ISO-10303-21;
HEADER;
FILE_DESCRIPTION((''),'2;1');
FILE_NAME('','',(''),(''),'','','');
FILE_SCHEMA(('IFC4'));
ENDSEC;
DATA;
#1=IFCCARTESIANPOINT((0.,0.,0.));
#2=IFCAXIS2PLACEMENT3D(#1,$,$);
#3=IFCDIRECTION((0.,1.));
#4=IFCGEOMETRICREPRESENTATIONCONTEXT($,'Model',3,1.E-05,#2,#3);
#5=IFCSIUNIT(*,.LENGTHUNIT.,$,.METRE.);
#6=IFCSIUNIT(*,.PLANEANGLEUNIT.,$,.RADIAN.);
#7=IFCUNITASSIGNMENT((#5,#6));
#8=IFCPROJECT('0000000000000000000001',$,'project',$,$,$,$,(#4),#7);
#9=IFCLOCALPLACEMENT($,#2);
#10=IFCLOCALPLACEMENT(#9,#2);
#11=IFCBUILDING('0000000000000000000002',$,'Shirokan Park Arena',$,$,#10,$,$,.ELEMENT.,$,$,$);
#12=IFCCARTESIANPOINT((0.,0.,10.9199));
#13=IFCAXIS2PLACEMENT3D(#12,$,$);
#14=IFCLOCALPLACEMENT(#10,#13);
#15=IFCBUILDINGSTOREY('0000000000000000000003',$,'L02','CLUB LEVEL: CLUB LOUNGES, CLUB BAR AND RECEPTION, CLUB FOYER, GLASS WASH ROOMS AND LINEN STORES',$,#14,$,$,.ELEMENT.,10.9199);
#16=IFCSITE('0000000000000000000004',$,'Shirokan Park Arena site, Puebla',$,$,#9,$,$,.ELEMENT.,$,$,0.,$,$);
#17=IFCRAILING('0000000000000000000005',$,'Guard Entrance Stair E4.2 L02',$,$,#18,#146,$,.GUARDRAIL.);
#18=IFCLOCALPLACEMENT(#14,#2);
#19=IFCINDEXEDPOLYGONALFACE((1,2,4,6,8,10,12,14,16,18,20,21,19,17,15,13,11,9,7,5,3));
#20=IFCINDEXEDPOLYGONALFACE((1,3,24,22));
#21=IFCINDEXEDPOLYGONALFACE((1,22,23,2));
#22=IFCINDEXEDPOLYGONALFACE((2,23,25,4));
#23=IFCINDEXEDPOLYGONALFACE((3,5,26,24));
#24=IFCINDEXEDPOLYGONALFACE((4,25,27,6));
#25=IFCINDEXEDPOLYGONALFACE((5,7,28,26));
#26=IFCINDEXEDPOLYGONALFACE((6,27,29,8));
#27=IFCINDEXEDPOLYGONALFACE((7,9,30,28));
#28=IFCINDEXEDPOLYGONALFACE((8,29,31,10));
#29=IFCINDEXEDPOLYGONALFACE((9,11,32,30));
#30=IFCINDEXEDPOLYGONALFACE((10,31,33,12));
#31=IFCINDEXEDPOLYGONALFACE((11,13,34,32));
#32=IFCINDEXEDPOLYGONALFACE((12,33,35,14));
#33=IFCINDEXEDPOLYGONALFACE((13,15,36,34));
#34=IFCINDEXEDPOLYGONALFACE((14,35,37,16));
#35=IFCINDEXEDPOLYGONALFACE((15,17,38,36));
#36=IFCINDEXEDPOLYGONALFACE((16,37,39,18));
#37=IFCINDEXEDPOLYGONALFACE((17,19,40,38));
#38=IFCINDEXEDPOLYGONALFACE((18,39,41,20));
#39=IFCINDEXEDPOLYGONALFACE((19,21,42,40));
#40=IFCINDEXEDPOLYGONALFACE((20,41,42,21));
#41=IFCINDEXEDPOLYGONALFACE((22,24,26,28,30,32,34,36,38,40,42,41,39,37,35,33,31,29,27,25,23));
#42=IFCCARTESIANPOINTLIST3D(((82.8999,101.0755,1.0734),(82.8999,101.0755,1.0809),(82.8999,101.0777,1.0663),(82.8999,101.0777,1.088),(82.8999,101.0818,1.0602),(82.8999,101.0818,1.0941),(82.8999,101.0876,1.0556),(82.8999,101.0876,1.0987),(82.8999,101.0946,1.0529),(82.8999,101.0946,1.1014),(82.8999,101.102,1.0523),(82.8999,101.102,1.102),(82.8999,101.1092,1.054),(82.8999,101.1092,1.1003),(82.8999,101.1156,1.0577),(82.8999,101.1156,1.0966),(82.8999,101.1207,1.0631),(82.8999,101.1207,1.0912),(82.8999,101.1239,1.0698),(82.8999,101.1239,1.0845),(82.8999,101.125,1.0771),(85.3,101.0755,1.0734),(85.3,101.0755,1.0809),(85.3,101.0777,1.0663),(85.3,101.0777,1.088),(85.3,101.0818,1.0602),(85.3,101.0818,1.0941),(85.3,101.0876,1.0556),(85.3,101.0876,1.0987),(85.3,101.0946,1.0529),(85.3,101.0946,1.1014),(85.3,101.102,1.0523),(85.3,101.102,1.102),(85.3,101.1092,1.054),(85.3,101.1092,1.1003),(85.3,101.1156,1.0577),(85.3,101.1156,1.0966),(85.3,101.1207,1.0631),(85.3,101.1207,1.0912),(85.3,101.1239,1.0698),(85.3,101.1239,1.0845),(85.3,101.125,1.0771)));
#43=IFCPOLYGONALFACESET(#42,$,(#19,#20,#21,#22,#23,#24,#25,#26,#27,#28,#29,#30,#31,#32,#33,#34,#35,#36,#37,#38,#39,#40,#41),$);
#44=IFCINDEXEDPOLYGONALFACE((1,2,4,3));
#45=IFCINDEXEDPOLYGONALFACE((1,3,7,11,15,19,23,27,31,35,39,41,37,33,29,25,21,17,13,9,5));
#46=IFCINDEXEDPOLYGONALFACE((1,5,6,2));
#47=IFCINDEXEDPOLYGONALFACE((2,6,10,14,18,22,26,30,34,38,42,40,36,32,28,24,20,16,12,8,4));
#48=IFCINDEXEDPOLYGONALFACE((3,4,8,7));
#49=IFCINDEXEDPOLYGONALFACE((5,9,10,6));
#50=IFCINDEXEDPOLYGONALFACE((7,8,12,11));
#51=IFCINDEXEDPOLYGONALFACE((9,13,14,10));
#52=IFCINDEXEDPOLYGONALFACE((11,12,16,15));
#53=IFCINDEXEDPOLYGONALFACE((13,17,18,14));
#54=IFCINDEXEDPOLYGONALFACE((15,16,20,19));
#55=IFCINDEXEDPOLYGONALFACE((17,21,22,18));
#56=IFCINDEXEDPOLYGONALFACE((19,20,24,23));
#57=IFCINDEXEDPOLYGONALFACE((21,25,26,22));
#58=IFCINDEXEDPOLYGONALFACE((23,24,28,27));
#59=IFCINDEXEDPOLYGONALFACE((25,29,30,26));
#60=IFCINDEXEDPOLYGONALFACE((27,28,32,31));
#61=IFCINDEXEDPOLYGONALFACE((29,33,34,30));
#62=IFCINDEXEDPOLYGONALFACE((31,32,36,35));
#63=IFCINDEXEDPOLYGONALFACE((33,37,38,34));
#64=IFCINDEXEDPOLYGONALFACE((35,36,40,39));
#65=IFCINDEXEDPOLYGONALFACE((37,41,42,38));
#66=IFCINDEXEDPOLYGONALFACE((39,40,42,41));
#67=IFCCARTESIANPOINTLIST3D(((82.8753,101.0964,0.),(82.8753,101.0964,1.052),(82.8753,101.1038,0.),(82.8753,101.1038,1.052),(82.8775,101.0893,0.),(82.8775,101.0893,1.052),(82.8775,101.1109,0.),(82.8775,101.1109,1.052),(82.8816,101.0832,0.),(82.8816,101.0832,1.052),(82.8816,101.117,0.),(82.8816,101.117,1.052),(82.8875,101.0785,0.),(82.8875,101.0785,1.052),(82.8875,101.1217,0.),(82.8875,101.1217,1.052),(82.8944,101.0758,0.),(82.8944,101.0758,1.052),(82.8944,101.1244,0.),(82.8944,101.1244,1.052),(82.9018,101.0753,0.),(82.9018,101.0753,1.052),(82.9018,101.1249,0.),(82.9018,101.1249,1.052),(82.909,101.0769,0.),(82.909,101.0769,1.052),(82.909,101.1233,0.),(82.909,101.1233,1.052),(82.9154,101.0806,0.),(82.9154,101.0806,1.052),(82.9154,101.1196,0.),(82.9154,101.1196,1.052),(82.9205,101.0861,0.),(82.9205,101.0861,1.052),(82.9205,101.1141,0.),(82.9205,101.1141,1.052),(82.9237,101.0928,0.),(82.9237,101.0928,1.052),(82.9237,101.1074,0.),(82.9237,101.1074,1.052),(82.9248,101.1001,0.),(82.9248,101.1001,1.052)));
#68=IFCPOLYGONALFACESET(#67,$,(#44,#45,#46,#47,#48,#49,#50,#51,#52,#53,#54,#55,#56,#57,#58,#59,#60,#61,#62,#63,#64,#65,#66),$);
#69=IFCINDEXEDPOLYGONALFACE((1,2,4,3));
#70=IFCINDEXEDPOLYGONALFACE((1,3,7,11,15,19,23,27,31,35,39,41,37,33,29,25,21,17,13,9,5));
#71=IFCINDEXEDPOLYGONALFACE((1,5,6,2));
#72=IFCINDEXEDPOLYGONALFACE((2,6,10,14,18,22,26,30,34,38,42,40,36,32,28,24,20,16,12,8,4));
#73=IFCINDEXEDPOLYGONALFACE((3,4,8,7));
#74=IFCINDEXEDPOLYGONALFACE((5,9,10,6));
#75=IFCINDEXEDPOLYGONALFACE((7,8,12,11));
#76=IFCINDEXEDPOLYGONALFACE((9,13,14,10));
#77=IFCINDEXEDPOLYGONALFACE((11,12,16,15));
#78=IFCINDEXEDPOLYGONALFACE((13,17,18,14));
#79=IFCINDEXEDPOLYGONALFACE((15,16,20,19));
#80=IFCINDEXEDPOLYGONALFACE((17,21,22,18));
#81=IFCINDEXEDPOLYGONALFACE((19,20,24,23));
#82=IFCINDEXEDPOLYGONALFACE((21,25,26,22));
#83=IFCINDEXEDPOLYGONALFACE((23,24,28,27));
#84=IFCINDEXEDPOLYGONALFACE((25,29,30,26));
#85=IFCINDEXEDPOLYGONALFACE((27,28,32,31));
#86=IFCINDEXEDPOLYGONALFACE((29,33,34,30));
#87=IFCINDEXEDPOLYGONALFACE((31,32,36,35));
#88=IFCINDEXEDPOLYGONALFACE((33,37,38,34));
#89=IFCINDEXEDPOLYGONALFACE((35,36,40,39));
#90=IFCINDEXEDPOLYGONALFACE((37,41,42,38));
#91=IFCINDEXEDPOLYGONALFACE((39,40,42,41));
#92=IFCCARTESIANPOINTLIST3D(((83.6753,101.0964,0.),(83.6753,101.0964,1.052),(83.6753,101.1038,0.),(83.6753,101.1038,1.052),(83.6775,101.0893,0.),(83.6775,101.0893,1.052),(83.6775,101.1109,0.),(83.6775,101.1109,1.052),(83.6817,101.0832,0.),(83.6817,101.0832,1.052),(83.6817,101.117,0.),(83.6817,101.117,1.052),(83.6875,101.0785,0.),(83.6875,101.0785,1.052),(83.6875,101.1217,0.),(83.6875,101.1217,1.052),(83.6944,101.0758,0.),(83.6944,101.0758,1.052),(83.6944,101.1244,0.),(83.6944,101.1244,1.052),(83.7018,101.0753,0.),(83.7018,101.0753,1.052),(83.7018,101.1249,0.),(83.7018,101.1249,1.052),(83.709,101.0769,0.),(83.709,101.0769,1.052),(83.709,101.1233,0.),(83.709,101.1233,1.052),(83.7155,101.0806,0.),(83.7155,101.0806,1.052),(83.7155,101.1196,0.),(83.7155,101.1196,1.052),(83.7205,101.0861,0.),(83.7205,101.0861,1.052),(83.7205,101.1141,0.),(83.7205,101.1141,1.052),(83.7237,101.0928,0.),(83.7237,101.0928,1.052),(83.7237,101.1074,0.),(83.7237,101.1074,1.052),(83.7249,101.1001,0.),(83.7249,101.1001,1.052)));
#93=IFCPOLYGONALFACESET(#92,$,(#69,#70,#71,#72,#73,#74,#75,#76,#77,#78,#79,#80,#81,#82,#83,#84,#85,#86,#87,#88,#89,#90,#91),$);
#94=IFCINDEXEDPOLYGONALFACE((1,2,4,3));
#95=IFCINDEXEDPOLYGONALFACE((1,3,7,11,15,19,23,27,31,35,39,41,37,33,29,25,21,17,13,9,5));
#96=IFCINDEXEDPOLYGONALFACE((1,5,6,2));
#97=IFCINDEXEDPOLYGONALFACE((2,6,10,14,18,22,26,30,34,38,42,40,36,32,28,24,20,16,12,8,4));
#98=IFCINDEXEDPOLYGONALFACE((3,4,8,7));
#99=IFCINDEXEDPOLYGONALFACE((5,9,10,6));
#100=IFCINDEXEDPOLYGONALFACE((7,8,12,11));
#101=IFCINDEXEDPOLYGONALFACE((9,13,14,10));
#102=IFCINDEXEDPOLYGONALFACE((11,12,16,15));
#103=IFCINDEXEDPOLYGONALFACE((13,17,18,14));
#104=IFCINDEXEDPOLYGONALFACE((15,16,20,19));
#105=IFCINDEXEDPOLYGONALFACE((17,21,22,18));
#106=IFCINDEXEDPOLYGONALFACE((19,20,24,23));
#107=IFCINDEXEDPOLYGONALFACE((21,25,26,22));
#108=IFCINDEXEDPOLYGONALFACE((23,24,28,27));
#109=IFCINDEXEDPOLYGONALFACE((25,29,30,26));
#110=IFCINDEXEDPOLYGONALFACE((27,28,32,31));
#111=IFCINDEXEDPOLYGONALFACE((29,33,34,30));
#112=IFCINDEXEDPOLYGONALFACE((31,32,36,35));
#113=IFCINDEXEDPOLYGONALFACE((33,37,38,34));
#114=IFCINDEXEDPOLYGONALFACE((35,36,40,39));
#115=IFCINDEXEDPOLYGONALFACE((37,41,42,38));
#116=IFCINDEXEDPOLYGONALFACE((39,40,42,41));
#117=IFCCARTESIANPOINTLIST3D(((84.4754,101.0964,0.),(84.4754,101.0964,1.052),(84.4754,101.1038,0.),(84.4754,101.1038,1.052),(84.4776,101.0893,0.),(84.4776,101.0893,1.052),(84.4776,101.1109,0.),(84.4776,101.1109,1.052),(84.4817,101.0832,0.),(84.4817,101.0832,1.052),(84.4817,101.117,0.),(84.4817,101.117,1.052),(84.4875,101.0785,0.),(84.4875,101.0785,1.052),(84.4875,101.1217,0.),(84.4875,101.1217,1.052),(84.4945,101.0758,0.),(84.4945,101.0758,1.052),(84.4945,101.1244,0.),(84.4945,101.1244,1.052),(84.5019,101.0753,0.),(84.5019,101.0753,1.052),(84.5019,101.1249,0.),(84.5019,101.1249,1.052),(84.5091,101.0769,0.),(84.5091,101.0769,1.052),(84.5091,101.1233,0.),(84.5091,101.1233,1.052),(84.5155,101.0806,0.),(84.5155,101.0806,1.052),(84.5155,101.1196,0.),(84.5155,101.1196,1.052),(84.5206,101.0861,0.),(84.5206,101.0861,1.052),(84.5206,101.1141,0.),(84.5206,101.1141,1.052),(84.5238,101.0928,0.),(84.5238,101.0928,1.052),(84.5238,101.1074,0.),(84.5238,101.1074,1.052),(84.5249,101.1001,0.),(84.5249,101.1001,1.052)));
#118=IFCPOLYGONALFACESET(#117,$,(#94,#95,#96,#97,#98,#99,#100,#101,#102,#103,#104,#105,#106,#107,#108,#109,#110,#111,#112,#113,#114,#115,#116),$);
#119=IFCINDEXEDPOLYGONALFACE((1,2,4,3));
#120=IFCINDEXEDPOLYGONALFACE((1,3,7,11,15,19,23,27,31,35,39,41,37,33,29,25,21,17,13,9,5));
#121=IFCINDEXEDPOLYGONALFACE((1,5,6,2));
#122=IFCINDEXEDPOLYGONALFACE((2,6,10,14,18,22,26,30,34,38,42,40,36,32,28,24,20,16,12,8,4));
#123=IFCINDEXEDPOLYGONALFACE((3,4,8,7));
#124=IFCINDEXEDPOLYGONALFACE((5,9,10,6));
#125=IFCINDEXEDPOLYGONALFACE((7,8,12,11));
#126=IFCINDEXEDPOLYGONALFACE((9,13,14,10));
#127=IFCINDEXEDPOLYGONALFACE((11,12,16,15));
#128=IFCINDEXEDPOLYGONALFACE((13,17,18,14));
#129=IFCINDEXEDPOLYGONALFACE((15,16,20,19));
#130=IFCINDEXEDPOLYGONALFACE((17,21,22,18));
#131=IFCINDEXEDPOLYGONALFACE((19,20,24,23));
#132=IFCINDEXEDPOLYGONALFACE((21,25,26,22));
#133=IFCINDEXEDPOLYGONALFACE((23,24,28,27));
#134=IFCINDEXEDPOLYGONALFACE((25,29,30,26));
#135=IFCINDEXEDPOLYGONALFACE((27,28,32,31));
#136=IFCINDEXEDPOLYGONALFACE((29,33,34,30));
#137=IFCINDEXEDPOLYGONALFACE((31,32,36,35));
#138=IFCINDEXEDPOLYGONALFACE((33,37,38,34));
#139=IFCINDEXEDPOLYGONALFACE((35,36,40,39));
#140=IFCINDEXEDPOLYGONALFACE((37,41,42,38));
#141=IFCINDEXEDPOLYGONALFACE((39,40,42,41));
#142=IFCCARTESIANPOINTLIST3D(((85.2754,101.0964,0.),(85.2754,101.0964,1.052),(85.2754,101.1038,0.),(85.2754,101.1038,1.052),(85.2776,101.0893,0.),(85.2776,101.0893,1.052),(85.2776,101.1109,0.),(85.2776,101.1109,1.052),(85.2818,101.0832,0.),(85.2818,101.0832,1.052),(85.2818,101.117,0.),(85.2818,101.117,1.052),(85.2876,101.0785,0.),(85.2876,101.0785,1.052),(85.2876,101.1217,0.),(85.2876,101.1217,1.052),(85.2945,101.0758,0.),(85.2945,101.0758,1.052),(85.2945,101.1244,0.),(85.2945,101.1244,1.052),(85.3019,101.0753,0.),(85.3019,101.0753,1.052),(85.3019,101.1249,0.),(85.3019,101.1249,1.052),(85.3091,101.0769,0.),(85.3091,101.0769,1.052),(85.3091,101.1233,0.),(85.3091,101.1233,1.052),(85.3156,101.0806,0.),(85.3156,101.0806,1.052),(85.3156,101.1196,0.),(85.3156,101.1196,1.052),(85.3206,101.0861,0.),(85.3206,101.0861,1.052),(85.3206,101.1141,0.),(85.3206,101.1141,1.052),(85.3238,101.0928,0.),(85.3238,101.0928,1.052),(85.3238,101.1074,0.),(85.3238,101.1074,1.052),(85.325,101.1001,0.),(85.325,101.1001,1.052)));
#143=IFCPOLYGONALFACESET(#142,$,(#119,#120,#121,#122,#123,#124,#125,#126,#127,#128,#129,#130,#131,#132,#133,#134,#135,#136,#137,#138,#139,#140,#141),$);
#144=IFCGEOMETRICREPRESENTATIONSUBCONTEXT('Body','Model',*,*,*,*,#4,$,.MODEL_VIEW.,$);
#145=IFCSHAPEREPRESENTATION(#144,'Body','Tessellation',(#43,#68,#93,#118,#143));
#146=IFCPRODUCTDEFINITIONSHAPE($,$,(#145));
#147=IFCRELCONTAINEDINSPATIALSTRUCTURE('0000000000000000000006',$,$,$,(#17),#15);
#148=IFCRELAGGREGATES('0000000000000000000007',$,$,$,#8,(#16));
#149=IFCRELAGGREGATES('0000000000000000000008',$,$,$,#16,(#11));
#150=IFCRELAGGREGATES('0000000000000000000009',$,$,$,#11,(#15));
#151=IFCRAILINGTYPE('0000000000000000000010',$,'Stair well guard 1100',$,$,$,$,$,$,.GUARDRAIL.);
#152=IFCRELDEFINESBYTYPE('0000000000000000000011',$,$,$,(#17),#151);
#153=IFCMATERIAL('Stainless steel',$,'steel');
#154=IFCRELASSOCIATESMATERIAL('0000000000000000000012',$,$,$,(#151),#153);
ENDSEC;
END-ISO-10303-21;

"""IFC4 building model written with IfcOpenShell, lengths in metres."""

from ifc_helpers import new_model, si_unit, direction, frame, origin, origin_2d, place, context, subcontext, project, spatial, circle, extrude, material, type_object, element, save


model = new_model("IFC4")

# Units and contexts
model_context = context("Model", 3, precision=1e-05, world=origin(), true_north=direction((0.0, 1.0)))
body_context = subcontext(model_context, "Body", "Model", "MODEL_VIEW")
ifc_project = project(units=[si_unit("LENGTHUNIT", "METRE"), si_unit("PLANEANGLEUNIT", "RADIAN")], contexts=[model_context])

# Site, building, storey
site_placement = place(None, origin())
site = spatial("IfcSite", under=ifc_project, at=site_placement, Name="Shirokan Park Arena site, Puebla", CompositionType="ELEMENT", RefElevation=0.0)
building_placement = place(site_placement, origin())
building = spatial("IfcBuilding", under=site, at=building_placement, Name="Shirokan Park Arena", CompositionType="ELEMENT")
storey_placement = place(building_placement, frame((0.0, 0.0, 10.9199)))
storey = spatial("IfcBuildingStorey", under=building, at=storey_placement, Name="L02", Description="CLUB LEVEL: CLUB LOUNGES, CLUB BAR AND RECEPTION, CLUB FOYER, GLASS WASH ROOMS AND LINEN STORES", CompositionType="ELEMENT", Elevation=10.9199)

# Railing
ifc_material_1 = material(Name="Stainless steel", Category="steel")
railing_type = type_object("IfcRailingType", Name="Stair well guard 1100", PredefinedType="GUARDRAIL", material=ifc_material_1)
railing_placement = place(storey_placement, frame((82.8999, 101.1001, 0.0)))
element("IfcRailing", 1, at=railing_placement, inside=storey, type_object=railing_type, Name="Guard Entrance Stair E4.2 L02", PredefinedType="GUARDRAIL", context=body_context, shape_type="SweptSolid", body=[
    extrude(circle(Radius=0.0249, at=origin_2d()), frame((0.0, 0.0, 1.0771), z_axis=(1.0, 0.0, 0.0), x_axis=(0.0, 1.0, 0.0)), (0.0, 0.0, 1.0), 2.4001),
    extrude(circle(Radius=0.0249, at=origin_2d()), origin(), (0.0, 0.0, 1.0), 1.052),
    extrude(circle(Radius=0.0249, at=origin_2d()), frame((0.8, 0.0, 0.0)), (0.0, 0.0, 1.0), 1.052),
    extrude(circle(Radius=0.0249, at=origin_2d()), frame((1.6001, 0.0, 0.0)), (0.0, 0.0, 1.0), 1.052),
    extrude(circle(Radius=0.0249, at=origin_2d()), frame((2.4001, 0.0, 0.0)), (0.0, 0.0, 1.0), 1.052),
])

save(model, "model.ifc")
